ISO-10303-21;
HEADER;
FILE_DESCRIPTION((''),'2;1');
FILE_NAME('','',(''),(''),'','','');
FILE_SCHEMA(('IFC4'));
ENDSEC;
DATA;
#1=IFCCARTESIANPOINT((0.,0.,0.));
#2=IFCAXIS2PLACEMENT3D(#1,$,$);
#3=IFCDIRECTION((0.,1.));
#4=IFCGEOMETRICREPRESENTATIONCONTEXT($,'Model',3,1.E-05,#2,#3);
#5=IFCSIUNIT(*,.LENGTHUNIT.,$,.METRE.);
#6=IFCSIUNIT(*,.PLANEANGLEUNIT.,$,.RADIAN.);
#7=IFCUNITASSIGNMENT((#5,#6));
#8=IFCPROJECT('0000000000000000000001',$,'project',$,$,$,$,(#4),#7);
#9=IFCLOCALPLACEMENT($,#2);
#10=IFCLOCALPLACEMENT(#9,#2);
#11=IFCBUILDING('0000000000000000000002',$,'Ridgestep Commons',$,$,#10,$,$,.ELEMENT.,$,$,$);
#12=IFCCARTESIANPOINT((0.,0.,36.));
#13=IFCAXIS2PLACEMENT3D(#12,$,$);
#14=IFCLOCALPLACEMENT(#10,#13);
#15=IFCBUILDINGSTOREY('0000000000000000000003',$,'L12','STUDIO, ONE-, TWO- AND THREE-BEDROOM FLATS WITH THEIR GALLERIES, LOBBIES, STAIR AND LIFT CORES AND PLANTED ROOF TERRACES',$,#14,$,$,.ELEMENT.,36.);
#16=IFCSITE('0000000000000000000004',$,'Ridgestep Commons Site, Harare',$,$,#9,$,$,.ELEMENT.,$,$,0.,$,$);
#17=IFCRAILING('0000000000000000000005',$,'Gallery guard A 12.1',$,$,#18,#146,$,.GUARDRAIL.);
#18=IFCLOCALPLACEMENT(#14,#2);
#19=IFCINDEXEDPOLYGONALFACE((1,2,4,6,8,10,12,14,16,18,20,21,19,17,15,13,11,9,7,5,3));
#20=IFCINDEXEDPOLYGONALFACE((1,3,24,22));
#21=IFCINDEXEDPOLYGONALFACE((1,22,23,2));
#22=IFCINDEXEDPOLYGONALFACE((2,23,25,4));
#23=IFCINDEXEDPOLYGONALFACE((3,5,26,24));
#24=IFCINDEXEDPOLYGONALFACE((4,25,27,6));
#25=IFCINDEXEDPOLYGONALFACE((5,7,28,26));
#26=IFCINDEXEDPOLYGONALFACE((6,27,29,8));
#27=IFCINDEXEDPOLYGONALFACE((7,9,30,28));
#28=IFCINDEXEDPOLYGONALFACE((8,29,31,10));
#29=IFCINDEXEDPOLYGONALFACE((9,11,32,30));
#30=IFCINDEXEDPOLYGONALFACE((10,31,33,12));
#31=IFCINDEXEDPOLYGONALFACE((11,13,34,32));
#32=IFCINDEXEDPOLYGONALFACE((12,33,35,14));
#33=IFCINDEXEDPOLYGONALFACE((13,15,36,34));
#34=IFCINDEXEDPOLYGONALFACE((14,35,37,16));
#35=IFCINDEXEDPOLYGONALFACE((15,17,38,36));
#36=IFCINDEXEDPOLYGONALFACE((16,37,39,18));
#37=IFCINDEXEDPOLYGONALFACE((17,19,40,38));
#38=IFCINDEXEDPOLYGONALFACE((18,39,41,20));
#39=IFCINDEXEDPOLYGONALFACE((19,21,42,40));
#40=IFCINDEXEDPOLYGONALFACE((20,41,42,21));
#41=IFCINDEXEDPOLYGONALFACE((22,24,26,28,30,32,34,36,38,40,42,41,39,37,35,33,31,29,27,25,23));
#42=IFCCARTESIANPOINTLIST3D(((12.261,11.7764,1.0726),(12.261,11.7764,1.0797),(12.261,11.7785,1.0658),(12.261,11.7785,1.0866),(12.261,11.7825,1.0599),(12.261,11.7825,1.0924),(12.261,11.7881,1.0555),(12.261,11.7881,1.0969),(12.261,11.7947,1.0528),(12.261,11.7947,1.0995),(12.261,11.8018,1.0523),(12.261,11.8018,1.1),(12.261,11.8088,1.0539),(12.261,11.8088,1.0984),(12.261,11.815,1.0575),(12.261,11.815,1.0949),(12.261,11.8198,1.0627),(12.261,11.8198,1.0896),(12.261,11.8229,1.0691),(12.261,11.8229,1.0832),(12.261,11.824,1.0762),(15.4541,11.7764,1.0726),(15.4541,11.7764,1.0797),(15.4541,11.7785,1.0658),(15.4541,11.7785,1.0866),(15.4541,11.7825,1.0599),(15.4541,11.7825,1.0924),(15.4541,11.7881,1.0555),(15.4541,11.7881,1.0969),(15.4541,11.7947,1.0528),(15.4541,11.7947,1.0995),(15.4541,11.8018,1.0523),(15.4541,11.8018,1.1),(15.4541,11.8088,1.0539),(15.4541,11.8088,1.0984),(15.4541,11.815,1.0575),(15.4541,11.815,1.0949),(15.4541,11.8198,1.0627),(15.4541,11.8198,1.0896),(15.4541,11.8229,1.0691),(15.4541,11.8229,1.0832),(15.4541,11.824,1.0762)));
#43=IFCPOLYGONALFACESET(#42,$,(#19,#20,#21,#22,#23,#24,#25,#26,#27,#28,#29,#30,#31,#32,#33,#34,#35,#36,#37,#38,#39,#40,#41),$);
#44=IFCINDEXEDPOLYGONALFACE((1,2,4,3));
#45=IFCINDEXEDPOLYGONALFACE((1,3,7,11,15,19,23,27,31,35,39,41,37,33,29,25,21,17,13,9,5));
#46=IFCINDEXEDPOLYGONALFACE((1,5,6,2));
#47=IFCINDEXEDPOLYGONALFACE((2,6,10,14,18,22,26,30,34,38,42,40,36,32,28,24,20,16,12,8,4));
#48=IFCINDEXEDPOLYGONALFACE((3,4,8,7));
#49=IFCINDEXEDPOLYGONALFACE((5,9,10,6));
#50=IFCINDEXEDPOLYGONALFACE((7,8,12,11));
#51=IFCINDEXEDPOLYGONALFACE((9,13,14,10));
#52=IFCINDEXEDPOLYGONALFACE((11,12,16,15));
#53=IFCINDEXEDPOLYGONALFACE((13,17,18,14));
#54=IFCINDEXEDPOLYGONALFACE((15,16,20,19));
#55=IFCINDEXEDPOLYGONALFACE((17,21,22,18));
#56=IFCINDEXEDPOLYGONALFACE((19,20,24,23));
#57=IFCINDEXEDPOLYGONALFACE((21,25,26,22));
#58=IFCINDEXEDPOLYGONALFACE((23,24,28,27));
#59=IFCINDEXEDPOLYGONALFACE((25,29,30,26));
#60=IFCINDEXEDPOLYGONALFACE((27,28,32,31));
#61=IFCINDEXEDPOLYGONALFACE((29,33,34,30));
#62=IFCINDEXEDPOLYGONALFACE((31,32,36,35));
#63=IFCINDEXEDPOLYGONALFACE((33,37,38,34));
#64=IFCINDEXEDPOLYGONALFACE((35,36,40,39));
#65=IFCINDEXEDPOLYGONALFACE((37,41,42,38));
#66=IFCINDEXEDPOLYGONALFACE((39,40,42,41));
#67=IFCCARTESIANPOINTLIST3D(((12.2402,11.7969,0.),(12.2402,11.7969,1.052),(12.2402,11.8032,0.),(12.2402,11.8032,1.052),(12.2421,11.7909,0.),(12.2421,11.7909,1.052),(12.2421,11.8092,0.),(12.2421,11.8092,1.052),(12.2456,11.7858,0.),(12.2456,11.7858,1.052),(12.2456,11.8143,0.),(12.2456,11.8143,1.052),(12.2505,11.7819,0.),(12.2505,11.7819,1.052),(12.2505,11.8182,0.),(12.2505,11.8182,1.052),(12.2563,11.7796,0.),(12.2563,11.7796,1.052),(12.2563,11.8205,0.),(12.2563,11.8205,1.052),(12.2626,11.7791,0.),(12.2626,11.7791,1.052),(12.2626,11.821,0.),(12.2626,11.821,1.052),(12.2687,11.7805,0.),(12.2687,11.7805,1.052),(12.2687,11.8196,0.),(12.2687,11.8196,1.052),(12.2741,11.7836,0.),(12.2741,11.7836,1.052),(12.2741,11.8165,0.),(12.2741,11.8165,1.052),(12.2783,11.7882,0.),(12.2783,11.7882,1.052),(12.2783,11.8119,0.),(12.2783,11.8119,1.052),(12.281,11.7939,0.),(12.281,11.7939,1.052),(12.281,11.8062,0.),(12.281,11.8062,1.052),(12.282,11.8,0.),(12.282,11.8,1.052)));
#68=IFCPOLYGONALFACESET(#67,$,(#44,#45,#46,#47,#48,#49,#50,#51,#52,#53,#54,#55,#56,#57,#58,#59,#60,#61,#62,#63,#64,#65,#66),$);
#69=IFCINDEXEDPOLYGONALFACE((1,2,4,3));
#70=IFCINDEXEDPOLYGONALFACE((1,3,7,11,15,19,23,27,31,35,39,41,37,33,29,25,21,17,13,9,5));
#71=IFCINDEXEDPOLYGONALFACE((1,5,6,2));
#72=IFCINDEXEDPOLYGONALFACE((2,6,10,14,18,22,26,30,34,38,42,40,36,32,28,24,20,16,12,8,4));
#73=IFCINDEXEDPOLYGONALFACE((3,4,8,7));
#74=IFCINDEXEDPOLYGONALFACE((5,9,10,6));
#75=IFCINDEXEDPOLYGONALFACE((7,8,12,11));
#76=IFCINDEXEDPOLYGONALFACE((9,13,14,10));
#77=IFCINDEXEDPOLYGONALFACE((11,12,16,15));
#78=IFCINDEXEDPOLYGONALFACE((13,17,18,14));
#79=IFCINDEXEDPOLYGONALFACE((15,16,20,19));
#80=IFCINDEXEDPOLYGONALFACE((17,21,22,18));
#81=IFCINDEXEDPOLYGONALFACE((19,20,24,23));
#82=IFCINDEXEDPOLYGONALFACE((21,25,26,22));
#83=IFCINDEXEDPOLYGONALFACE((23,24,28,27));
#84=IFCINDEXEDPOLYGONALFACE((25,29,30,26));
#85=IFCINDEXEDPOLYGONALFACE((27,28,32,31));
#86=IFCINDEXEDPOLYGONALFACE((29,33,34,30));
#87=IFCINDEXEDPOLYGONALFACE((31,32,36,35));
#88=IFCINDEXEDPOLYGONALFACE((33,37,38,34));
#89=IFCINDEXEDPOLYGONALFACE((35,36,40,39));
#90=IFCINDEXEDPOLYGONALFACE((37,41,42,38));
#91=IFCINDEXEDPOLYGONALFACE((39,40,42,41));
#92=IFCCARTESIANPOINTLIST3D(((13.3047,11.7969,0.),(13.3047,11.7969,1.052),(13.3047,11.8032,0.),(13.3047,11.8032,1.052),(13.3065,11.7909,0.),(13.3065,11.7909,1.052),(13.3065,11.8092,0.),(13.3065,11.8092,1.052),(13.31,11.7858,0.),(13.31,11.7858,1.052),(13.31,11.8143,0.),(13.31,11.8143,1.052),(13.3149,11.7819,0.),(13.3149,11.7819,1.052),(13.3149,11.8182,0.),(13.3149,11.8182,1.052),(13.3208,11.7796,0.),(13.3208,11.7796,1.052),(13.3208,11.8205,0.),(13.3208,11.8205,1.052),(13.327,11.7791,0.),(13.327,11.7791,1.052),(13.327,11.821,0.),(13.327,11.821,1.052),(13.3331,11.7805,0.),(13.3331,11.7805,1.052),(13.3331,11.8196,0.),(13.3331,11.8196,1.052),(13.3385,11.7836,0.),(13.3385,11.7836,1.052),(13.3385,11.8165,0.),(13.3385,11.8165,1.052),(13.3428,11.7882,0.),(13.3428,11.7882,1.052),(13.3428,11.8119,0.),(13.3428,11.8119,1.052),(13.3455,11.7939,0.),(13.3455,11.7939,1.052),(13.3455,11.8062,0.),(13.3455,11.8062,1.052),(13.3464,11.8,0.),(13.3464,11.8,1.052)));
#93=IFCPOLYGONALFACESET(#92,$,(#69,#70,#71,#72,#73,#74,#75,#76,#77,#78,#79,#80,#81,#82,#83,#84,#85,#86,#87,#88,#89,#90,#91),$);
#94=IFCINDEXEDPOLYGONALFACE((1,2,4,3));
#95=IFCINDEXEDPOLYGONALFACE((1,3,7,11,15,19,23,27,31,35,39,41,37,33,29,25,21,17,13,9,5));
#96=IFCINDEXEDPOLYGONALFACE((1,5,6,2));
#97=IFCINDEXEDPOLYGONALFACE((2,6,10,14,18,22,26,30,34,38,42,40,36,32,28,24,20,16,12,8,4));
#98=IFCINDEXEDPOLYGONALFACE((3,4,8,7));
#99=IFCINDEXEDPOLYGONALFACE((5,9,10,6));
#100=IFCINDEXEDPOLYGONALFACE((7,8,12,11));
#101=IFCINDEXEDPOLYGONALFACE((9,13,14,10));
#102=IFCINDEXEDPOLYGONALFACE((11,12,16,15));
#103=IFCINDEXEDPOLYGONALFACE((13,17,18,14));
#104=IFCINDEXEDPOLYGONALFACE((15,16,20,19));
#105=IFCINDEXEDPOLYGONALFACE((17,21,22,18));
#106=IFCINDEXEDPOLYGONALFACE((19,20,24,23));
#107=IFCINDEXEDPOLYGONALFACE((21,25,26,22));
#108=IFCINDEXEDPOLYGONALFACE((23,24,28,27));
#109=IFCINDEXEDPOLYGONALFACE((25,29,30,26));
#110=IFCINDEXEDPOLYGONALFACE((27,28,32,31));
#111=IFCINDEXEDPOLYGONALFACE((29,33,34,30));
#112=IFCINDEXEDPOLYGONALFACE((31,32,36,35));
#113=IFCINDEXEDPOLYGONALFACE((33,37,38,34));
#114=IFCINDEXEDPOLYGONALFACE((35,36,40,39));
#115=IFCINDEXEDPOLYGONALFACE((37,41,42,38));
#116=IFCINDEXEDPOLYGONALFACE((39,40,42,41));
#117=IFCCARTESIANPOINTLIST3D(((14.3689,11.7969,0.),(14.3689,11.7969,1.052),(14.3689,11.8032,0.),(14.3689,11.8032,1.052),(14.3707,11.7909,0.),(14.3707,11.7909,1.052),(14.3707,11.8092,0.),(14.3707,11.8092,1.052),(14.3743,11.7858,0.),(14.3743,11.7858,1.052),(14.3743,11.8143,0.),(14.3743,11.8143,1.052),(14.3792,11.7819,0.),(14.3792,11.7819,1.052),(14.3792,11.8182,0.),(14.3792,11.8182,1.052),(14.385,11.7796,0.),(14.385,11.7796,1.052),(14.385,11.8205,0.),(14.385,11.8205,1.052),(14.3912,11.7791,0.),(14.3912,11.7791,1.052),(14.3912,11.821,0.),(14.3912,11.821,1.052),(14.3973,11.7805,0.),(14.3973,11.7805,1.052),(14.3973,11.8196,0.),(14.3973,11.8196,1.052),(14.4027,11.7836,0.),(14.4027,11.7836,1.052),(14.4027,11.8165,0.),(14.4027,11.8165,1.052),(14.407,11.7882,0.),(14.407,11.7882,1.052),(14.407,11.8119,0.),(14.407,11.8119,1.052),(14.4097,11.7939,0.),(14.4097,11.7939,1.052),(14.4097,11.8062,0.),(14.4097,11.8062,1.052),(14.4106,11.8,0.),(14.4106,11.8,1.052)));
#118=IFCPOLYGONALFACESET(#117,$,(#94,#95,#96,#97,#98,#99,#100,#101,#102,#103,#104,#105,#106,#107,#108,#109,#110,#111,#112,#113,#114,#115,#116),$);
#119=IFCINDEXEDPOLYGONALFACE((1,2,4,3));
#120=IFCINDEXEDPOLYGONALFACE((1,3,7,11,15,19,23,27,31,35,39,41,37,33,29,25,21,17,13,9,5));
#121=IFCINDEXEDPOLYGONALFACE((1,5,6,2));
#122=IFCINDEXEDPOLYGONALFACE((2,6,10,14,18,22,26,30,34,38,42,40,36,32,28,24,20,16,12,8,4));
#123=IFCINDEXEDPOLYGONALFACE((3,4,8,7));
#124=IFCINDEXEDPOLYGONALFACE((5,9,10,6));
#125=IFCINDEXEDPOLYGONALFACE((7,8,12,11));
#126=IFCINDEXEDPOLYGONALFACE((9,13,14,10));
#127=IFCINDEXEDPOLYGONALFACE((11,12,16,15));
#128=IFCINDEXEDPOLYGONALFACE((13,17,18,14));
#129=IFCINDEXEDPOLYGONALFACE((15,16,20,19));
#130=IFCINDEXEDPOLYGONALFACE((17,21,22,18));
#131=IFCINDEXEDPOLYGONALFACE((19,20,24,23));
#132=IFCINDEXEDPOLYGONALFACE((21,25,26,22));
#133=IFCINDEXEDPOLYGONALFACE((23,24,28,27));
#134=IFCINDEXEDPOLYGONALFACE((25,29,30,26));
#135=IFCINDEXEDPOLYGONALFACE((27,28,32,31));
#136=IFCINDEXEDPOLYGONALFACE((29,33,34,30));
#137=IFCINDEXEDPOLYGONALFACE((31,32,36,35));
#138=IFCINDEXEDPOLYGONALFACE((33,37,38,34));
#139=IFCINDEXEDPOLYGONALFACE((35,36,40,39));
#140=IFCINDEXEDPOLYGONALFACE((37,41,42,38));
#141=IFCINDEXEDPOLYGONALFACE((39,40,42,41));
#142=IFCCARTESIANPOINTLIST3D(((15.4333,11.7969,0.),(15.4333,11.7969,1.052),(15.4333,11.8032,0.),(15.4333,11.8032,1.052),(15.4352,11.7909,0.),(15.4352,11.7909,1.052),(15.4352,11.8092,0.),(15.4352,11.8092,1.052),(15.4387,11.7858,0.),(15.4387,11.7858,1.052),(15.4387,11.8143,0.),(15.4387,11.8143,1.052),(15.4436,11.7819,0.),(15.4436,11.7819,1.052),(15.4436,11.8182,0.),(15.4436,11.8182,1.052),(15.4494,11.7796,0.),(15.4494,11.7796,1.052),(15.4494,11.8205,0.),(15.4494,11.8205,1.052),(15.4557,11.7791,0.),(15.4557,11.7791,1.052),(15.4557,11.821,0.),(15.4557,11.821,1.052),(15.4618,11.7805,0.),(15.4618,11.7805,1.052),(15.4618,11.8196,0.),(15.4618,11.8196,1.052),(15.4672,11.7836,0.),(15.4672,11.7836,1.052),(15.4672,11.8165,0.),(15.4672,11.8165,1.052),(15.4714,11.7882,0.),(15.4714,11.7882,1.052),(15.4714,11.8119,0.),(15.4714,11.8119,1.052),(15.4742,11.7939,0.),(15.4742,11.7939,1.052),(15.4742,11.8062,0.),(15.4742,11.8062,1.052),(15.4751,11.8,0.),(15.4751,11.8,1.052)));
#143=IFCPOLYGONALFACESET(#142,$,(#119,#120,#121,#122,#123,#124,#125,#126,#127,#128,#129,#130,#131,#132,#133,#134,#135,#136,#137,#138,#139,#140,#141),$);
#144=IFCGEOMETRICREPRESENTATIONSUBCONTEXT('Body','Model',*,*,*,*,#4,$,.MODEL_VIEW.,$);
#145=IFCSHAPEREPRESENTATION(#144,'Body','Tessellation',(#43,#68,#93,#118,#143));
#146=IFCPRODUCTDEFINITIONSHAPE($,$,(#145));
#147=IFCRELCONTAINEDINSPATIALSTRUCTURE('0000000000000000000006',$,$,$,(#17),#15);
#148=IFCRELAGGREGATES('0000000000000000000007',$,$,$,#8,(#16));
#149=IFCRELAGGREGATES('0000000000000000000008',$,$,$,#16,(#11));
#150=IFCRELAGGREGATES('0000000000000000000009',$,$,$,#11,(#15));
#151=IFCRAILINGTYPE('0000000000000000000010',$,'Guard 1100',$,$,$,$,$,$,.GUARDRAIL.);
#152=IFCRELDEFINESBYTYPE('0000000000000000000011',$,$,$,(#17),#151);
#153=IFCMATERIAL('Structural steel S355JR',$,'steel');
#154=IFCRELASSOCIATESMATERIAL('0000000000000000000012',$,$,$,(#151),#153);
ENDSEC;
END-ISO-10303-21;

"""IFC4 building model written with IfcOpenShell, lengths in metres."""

from ifc_helpers import new_model, si_unit, direction, frame, origin, origin_2d, place, context, subcontext, project, spatial, circle, extrude, material, type_object, element, save


model = new_model("IFC4")

# Units and contexts
model_context = context("Model", 3, precision=1e-05, world=origin(), true_north=direction((0.0, 1.0)))
body_context = subcontext(model_context, "Body", "Model", "MODEL_VIEW")
ifc_project = project(units=[si_unit("LENGTHUNIT", "METRE"), si_unit("PLANEANGLEUNIT", "RADIAN")], contexts=[model_context])

# Site, building, storey
site_placement = place(None, origin())
site = spatial("IfcSite", under=ifc_project, at=site_placement, Name="Ridgestep Commons Site, Harare", CompositionType="ELEMENT", RefElevation=0.0)
building_placement = place(site_placement, origin())
building = spatial("IfcBuilding", under=site, at=building_placement, Name="Ridgestep Commons", CompositionType="ELEMENT")
storey_placement = place(building_placement, frame((0.0, 0.0, 36.0)))
storey = spatial("IfcBuildingStorey", under=building, at=storey_placement, Name="L12", Description="STUDIO, ONE-, TWO- AND THREE-BEDROOM FLATS WITH THEIR GALLERIES, LOBBIES, STAIR AND LIFT CORES AND PLANTED ROOF TERRACES", CompositionType="ELEMENT", Elevation=36.0)

# Railing
ifc_material_1 = material(Name="Structural steel S355JR", Category="steel")
railing_type = type_object("IfcRailingType", Name="Guard 1100", PredefinedType="GUARDRAIL", material=ifc_material_1)
railing_1_placement = place(storey_placement, frame((12.261, 11.8, 0.0)))
element("IfcRailing", 1, at=railing_1_placement, inside=storey, type_object=railing_type, Name="Gallery guard A 12.1", PredefinedType="GUARDRAIL", context=body_context, shape_type="SweptSolid", body=[
    extrude(circle(Radius=0.0239, at=origin_2d()), frame((0.0, 0.0, 1.0762), z_axis=(1.0, 0.0, 0.0), x_axis=(0.0, 1.0, 0.0)), (0.0, 0.0, 1.0), 3.1931),
    extrude(circle(Radius=0.021, at=origin_2d()), origin(), (0.0, 0.0, 1.0), 1.052),
    extrude(circle(Radius=0.021, at=origin_2d()), frame((1.0645, 0.0, 0.0)), (0.0, 0.0, 1.0), 1.052),
    extrude(circle(Radius=0.021, at=origin_2d()), frame((2.1287, 0.0, 0.0)), (0.0, 0.0, 1.0), 1.052),
    extrude(circle(Radius=0.021, at=origin_2d()), frame((3.1931, 0.0, 0.0)), (0.0, 0.0, 1.0), 1.052),
])

save(model, "model.ifc")
